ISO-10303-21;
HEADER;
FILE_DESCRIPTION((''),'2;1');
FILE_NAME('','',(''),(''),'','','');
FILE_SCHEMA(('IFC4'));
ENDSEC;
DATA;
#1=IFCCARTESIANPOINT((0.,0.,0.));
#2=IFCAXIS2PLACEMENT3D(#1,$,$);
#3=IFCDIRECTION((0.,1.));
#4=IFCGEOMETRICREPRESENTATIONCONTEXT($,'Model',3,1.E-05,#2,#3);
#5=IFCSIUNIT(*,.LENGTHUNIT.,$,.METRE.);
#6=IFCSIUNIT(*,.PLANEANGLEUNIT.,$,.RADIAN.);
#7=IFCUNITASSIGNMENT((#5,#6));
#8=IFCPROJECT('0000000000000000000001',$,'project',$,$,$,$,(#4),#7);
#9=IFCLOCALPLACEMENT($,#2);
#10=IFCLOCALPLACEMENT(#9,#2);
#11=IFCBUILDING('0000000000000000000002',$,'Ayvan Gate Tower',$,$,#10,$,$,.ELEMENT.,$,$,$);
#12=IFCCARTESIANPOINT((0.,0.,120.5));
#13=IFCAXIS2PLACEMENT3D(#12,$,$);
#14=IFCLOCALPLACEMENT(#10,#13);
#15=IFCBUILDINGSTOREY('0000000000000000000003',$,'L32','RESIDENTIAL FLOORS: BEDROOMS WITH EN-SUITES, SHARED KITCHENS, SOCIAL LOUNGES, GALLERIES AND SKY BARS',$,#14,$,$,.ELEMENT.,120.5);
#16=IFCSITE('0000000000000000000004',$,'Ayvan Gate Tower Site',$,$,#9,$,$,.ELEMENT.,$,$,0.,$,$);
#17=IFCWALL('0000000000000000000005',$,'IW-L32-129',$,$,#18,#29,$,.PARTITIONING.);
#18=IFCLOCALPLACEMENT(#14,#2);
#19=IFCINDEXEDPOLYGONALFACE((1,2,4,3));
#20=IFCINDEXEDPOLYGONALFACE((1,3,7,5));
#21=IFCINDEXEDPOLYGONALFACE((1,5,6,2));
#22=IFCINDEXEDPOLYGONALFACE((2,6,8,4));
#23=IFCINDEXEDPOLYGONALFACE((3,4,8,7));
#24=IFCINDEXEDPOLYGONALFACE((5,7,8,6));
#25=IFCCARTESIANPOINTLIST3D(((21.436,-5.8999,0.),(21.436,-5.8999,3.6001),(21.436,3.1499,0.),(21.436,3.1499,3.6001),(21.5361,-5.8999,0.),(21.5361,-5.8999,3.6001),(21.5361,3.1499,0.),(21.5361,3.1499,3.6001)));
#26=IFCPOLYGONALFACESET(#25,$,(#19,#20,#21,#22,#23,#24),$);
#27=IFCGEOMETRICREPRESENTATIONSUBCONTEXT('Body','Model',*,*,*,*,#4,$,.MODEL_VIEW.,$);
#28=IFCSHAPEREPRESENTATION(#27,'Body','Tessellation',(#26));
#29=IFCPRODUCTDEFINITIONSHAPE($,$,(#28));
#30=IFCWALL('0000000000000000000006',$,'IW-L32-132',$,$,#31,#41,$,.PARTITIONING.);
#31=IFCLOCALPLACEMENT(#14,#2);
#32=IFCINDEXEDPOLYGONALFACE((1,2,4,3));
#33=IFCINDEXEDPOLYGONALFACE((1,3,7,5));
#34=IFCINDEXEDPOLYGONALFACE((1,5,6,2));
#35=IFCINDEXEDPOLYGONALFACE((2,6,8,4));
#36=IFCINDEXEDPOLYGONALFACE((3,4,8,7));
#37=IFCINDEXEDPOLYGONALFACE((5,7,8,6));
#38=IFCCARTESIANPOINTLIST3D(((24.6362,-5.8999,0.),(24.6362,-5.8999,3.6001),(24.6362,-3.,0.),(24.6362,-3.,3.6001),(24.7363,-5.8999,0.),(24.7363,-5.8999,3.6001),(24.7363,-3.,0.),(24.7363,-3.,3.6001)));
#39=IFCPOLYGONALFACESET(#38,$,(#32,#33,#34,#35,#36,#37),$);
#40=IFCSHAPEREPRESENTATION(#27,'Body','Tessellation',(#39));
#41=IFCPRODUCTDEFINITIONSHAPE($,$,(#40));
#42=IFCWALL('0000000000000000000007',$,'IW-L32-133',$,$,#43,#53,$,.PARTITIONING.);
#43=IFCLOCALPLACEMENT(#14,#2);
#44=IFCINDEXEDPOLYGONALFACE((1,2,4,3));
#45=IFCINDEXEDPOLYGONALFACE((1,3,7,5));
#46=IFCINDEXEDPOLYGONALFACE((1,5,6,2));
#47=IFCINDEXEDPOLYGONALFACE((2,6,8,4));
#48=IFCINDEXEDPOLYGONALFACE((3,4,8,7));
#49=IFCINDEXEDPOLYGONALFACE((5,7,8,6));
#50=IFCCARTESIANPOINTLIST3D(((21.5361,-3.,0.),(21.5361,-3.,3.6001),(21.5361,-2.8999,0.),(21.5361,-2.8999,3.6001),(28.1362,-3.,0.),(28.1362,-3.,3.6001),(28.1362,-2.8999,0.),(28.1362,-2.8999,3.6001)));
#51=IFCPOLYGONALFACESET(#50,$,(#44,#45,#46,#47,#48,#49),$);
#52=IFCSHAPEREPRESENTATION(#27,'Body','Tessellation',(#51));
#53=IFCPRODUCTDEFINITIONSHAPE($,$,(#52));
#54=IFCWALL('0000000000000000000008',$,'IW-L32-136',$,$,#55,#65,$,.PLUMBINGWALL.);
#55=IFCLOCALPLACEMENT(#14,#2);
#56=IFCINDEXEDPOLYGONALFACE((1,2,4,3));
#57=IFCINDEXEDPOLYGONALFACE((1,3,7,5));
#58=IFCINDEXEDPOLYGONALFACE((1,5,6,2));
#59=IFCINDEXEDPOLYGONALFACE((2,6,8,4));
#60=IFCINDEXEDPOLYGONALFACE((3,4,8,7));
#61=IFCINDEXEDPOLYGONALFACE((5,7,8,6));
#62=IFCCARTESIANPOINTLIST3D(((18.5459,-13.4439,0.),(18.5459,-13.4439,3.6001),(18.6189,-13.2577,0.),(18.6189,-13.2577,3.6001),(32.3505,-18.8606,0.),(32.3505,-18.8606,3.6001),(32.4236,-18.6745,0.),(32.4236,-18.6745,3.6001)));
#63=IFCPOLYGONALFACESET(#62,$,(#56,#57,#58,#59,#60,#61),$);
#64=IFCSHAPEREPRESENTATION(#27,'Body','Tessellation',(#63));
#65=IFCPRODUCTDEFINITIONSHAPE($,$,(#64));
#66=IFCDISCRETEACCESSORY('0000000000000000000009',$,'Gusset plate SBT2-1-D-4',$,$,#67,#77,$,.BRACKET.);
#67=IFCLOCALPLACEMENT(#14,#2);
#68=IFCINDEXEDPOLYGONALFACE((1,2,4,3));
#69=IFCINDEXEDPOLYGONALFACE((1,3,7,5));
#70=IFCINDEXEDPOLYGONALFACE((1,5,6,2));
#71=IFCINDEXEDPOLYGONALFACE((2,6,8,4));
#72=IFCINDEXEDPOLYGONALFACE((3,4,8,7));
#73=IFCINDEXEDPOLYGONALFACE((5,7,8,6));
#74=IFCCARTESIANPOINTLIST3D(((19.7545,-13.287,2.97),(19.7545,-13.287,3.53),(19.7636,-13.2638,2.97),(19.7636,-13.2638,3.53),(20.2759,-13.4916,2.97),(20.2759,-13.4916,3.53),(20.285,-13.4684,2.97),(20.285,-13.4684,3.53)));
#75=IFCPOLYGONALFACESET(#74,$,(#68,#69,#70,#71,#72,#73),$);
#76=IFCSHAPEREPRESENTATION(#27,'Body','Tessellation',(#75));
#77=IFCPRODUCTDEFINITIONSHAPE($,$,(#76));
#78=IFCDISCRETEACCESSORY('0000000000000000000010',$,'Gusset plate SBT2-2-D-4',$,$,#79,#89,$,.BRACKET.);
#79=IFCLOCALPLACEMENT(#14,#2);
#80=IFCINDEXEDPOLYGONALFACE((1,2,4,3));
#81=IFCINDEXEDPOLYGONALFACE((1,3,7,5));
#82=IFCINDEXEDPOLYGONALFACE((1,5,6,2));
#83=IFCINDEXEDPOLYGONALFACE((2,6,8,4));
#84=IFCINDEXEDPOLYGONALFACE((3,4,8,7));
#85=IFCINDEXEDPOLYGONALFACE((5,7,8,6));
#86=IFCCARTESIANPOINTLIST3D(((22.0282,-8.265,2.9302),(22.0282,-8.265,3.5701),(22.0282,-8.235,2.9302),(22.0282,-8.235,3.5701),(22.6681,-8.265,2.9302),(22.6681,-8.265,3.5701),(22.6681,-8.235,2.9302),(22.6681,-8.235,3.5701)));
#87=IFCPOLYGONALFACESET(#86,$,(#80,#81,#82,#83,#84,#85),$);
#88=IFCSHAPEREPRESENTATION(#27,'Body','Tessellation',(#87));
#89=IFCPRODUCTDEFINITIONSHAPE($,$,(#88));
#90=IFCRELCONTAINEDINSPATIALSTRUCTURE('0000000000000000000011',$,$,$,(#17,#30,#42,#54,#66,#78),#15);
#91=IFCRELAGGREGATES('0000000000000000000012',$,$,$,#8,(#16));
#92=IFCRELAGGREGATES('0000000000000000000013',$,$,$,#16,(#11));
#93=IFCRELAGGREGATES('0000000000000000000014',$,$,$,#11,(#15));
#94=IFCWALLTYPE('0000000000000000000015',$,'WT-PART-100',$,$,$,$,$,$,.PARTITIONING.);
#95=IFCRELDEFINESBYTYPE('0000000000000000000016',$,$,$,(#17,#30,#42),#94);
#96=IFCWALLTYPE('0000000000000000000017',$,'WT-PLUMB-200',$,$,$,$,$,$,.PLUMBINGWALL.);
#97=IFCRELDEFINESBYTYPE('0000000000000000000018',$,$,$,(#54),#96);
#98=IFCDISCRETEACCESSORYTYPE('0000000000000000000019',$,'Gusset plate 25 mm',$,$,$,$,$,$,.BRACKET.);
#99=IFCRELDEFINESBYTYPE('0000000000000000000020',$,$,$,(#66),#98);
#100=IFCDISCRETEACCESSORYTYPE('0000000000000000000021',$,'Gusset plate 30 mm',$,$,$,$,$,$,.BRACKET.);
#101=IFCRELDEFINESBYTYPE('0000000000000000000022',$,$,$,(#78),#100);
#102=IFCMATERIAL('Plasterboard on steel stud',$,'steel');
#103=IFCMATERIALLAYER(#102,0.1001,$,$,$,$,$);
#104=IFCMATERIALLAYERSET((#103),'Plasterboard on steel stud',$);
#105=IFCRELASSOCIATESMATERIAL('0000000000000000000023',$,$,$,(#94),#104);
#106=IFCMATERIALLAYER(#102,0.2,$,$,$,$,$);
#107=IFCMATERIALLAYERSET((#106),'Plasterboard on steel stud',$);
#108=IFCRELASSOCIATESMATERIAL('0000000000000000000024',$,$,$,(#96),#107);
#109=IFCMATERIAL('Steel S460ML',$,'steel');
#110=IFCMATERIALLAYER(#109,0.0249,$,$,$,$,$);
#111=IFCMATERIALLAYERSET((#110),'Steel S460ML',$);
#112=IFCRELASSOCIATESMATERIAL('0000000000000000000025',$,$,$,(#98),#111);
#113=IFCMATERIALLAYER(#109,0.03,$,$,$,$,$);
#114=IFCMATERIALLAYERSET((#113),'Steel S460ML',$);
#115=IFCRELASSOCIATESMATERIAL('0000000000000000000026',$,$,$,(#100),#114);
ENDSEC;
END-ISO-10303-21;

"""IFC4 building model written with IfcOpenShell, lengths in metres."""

from ifc_helpers import new_model, si_unit, direction, frame, frame_2d, origin, origin_2d, place, context, subcontext, project, spatial, rectangle, extrude, material, layer, layer_set, type_object, element, save


model = new_model("IFC4")

# Units and contexts
model_context = context("Model", 3, precision=1e-05, world=origin(), true_north=direction((0.0, 1.0)))
body_context = subcontext(model_context, "Body", "Model", "MODEL_VIEW")
ifc_project = project(units=[si_unit("LENGTHUNIT", "METRE"), si_unit("PLANEANGLEUNIT", "RADIAN")], contexts=[model_context])

# Site, building, storey
site_placement = place(None, origin())
site = spatial("IfcSite", under=ifc_project, at=site_placement, Name="Ayvan Gate Tower Site", CompositionType="ELEMENT", RefElevation=0.0)
building_placement = place(site_placement, origin())
building = spatial("IfcBuilding", under=site, at=building_placement, Name="Ayvan Gate Tower", CompositionType="ELEMENT")
storey_placement = place(building_placement, frame((0.0, 0.0, 120.5)))
storey = spatial("IfcBuildingStorey", under=building, at=storey_placement, Name="L32", Description="RESIDENTIAL FLOORS: BEDROOMS WITH EN-SUITES, SHARED KITCHENS, SOCIAL LOUNGES, GALLERIES AND SKY BARS", CompositionType="ELEMENT", Elevation=120.5)

# Walls
ifc_material_1 = material(Name="Plasterboard on steel stud", Category="steel")
ifc_layer_1 = layer(ifc_material_1, 0.1001)
ifc_layer_set_1 = layer_set([ifc_layer_1], Name="Plasterboard on steel stud")
wall_type_1 = type_object("IfcWallType", Name="WT-PART-100", PredefinedType="PARTITIONING", material=ifc_layer_set_1)
wall_1_placement = place(storey_placement, frame((21.4861, -5.8999, 0.0), z_axis=(0.0, 0.0, 1.0), x_axis=(0.0, 1.0, 0.0)))
element("IfcWall", 1, at=wall_1_placement, inside=storey, type_object=wall_type_1, Name="IW-L32-129", PredefinedType="PARTITIONING", context=body_context, shape_type="SweptSolid", body=[
    extrude(rectangle(XDim=9.0498, YDim=0.1001, at=frame_2d((4.5249, 0.0))), origin(), (0.0, 0.0, 1.0), 3.6001),
])
wall_2_placement = place(storey_placement, frame((24.6863, -3.0, 0.0), z_axis=(0.0, 0.0, 1.0), x_axis=(0.0, -1.0, 0.0)))
element("IfcWall", 2, at=wall_2_placement, inside=storey, type_object=wall_type_1, Name="IW-L32-132", PredefinedType="PARTITIONING", context=body_context, shape_type="SweptSolid", body=[
    extrude(rectangle(XDim=2.8999, YDim=0.1001, at=frame_2d((1.45, 0.0))), origin(), (0.0, 0.0, 1.0), 3.6001),
])
wall_3_placement = place(storey_placement, frame((21.5361, -2.95, 0.0), z_axis=(0.0, 0.0, 1.0), x_axis=(1.0, 0.0, 0.0)))
element("IfcWall", 3, at=wall_3_placement, inside=storey, type_object=wall_type_1, Name="IW-L32-133", PredefinedType="PARTITIONING", context=body_context, shape_type="SweptSolid", body=[
    extrude(rectangle(XDim=6.6001, YDim=0.1001, at=frame_2d((3.3, 0.0))), origin(), (0.0, 0.0, 1.0), 3.6001),
])
ifc_layer_2 = layer(ifc_material_1, 0.2)
ifc_layer_set_2 = layer_set([ifc_layer_2], Name="Plasterboard on steel stud")
wall_type_2 = type_object("IfcWallType", Name="WT-PLUMB-200", PredefinedType="PLUMBINGWALL", material=ifc_layer_set_2)
wall_4_placement = place(storey_placement, frame((18.5825, -13.3508, 0.0), z_axis=(0.0, 0.0, 1.0), x_axis=(0.930901, -0.365271, 0.0)))
element("IfcWall", 4, at=wall_4_placement, inside=storey, type_object=wall_type_2, Name="IW-L32-136", PredefinedType="PLUMBINGWALL", context=body_context, shape_type="SweptSolid", body=[
    extrude(rectangle(XDim=14.8293, YDim=0.2, at=frame_2d((7.4146, 0.0))), origin(), (0.0, 0.0, 1.0), 3.6001),
])

# Discrete accessories
ifc_material_2 = material(Name="Steel S460ML", Category="steel")
ifc_layer_3 = layer(ifc_material_2, 0.0249)
ifc_layer_set_3 = layer_set([ifc_layer_3], Name="Steel S460ML")
discrete_accessory_type_1 = type_object("IfcDiscreteAccessoryType", Name="Gusset plate 25 mm", PredefinedType="BRACKET", material=ifc_layer_set_3)
discrete_accessory_1_placement = place(storey_placement, frame((20.0198, -13.3777, 2.97), z_axis=(0.0, 0.0, 1.0), x_axis=(-0.930903, 0.365267, 0.0)))
element("IfcDiscreteAccessory", 5, at=discrete_accessory_1_placement, inside=storey, type_object=discrete_accessory_type_1, Name="Gusset plate SBT2-1-D-4", PredefinedType="BRACKET", context=body_context, shape_type="SweptSolid", body=[
    extrude(rectangle(XDim=0.5601, YDim=0.0249, at=origin_2d()), origin(), (0.0, 0.0, 1.0), 0.5601),
])
ifc_layer_4 = layer(ifc_material_2, 0.03)
ifc_layer_set_4 = layer_set([ifc_layer_4], Name="Steel S460ML")
discrete_accessory_type_2 = type_object("IfcDiscreteAccessoryType", Name="Gusset plate 30 mm", PredefinedType="BRACKET", material=ifc_layer_set_4)
discrete_accessory_2_placement = place(storey_placement, frame((22.3481, -8.25, 2.9302), z_axis=(0.0, 0.0, 1.0), x_axis=(1.0, 0.0, 0.0)))
element("IfcDiscreteAccessory", 6, at=discrete_accessory_2_placement, inside=storey, type_object=discrete_accessory_type_2, Name="Gusset plate SBT2-2-D-4", PredefinedType="BRACKET", context=body_context, shape_type="SweptSolid", body=[
    extrude(rectangle(XDim=0.6399, YDim=0.03, at=origin_2d()), origin(), (0.0, 0.0, 1.0), 0.6399),
])

save(model, "model.ifc")
